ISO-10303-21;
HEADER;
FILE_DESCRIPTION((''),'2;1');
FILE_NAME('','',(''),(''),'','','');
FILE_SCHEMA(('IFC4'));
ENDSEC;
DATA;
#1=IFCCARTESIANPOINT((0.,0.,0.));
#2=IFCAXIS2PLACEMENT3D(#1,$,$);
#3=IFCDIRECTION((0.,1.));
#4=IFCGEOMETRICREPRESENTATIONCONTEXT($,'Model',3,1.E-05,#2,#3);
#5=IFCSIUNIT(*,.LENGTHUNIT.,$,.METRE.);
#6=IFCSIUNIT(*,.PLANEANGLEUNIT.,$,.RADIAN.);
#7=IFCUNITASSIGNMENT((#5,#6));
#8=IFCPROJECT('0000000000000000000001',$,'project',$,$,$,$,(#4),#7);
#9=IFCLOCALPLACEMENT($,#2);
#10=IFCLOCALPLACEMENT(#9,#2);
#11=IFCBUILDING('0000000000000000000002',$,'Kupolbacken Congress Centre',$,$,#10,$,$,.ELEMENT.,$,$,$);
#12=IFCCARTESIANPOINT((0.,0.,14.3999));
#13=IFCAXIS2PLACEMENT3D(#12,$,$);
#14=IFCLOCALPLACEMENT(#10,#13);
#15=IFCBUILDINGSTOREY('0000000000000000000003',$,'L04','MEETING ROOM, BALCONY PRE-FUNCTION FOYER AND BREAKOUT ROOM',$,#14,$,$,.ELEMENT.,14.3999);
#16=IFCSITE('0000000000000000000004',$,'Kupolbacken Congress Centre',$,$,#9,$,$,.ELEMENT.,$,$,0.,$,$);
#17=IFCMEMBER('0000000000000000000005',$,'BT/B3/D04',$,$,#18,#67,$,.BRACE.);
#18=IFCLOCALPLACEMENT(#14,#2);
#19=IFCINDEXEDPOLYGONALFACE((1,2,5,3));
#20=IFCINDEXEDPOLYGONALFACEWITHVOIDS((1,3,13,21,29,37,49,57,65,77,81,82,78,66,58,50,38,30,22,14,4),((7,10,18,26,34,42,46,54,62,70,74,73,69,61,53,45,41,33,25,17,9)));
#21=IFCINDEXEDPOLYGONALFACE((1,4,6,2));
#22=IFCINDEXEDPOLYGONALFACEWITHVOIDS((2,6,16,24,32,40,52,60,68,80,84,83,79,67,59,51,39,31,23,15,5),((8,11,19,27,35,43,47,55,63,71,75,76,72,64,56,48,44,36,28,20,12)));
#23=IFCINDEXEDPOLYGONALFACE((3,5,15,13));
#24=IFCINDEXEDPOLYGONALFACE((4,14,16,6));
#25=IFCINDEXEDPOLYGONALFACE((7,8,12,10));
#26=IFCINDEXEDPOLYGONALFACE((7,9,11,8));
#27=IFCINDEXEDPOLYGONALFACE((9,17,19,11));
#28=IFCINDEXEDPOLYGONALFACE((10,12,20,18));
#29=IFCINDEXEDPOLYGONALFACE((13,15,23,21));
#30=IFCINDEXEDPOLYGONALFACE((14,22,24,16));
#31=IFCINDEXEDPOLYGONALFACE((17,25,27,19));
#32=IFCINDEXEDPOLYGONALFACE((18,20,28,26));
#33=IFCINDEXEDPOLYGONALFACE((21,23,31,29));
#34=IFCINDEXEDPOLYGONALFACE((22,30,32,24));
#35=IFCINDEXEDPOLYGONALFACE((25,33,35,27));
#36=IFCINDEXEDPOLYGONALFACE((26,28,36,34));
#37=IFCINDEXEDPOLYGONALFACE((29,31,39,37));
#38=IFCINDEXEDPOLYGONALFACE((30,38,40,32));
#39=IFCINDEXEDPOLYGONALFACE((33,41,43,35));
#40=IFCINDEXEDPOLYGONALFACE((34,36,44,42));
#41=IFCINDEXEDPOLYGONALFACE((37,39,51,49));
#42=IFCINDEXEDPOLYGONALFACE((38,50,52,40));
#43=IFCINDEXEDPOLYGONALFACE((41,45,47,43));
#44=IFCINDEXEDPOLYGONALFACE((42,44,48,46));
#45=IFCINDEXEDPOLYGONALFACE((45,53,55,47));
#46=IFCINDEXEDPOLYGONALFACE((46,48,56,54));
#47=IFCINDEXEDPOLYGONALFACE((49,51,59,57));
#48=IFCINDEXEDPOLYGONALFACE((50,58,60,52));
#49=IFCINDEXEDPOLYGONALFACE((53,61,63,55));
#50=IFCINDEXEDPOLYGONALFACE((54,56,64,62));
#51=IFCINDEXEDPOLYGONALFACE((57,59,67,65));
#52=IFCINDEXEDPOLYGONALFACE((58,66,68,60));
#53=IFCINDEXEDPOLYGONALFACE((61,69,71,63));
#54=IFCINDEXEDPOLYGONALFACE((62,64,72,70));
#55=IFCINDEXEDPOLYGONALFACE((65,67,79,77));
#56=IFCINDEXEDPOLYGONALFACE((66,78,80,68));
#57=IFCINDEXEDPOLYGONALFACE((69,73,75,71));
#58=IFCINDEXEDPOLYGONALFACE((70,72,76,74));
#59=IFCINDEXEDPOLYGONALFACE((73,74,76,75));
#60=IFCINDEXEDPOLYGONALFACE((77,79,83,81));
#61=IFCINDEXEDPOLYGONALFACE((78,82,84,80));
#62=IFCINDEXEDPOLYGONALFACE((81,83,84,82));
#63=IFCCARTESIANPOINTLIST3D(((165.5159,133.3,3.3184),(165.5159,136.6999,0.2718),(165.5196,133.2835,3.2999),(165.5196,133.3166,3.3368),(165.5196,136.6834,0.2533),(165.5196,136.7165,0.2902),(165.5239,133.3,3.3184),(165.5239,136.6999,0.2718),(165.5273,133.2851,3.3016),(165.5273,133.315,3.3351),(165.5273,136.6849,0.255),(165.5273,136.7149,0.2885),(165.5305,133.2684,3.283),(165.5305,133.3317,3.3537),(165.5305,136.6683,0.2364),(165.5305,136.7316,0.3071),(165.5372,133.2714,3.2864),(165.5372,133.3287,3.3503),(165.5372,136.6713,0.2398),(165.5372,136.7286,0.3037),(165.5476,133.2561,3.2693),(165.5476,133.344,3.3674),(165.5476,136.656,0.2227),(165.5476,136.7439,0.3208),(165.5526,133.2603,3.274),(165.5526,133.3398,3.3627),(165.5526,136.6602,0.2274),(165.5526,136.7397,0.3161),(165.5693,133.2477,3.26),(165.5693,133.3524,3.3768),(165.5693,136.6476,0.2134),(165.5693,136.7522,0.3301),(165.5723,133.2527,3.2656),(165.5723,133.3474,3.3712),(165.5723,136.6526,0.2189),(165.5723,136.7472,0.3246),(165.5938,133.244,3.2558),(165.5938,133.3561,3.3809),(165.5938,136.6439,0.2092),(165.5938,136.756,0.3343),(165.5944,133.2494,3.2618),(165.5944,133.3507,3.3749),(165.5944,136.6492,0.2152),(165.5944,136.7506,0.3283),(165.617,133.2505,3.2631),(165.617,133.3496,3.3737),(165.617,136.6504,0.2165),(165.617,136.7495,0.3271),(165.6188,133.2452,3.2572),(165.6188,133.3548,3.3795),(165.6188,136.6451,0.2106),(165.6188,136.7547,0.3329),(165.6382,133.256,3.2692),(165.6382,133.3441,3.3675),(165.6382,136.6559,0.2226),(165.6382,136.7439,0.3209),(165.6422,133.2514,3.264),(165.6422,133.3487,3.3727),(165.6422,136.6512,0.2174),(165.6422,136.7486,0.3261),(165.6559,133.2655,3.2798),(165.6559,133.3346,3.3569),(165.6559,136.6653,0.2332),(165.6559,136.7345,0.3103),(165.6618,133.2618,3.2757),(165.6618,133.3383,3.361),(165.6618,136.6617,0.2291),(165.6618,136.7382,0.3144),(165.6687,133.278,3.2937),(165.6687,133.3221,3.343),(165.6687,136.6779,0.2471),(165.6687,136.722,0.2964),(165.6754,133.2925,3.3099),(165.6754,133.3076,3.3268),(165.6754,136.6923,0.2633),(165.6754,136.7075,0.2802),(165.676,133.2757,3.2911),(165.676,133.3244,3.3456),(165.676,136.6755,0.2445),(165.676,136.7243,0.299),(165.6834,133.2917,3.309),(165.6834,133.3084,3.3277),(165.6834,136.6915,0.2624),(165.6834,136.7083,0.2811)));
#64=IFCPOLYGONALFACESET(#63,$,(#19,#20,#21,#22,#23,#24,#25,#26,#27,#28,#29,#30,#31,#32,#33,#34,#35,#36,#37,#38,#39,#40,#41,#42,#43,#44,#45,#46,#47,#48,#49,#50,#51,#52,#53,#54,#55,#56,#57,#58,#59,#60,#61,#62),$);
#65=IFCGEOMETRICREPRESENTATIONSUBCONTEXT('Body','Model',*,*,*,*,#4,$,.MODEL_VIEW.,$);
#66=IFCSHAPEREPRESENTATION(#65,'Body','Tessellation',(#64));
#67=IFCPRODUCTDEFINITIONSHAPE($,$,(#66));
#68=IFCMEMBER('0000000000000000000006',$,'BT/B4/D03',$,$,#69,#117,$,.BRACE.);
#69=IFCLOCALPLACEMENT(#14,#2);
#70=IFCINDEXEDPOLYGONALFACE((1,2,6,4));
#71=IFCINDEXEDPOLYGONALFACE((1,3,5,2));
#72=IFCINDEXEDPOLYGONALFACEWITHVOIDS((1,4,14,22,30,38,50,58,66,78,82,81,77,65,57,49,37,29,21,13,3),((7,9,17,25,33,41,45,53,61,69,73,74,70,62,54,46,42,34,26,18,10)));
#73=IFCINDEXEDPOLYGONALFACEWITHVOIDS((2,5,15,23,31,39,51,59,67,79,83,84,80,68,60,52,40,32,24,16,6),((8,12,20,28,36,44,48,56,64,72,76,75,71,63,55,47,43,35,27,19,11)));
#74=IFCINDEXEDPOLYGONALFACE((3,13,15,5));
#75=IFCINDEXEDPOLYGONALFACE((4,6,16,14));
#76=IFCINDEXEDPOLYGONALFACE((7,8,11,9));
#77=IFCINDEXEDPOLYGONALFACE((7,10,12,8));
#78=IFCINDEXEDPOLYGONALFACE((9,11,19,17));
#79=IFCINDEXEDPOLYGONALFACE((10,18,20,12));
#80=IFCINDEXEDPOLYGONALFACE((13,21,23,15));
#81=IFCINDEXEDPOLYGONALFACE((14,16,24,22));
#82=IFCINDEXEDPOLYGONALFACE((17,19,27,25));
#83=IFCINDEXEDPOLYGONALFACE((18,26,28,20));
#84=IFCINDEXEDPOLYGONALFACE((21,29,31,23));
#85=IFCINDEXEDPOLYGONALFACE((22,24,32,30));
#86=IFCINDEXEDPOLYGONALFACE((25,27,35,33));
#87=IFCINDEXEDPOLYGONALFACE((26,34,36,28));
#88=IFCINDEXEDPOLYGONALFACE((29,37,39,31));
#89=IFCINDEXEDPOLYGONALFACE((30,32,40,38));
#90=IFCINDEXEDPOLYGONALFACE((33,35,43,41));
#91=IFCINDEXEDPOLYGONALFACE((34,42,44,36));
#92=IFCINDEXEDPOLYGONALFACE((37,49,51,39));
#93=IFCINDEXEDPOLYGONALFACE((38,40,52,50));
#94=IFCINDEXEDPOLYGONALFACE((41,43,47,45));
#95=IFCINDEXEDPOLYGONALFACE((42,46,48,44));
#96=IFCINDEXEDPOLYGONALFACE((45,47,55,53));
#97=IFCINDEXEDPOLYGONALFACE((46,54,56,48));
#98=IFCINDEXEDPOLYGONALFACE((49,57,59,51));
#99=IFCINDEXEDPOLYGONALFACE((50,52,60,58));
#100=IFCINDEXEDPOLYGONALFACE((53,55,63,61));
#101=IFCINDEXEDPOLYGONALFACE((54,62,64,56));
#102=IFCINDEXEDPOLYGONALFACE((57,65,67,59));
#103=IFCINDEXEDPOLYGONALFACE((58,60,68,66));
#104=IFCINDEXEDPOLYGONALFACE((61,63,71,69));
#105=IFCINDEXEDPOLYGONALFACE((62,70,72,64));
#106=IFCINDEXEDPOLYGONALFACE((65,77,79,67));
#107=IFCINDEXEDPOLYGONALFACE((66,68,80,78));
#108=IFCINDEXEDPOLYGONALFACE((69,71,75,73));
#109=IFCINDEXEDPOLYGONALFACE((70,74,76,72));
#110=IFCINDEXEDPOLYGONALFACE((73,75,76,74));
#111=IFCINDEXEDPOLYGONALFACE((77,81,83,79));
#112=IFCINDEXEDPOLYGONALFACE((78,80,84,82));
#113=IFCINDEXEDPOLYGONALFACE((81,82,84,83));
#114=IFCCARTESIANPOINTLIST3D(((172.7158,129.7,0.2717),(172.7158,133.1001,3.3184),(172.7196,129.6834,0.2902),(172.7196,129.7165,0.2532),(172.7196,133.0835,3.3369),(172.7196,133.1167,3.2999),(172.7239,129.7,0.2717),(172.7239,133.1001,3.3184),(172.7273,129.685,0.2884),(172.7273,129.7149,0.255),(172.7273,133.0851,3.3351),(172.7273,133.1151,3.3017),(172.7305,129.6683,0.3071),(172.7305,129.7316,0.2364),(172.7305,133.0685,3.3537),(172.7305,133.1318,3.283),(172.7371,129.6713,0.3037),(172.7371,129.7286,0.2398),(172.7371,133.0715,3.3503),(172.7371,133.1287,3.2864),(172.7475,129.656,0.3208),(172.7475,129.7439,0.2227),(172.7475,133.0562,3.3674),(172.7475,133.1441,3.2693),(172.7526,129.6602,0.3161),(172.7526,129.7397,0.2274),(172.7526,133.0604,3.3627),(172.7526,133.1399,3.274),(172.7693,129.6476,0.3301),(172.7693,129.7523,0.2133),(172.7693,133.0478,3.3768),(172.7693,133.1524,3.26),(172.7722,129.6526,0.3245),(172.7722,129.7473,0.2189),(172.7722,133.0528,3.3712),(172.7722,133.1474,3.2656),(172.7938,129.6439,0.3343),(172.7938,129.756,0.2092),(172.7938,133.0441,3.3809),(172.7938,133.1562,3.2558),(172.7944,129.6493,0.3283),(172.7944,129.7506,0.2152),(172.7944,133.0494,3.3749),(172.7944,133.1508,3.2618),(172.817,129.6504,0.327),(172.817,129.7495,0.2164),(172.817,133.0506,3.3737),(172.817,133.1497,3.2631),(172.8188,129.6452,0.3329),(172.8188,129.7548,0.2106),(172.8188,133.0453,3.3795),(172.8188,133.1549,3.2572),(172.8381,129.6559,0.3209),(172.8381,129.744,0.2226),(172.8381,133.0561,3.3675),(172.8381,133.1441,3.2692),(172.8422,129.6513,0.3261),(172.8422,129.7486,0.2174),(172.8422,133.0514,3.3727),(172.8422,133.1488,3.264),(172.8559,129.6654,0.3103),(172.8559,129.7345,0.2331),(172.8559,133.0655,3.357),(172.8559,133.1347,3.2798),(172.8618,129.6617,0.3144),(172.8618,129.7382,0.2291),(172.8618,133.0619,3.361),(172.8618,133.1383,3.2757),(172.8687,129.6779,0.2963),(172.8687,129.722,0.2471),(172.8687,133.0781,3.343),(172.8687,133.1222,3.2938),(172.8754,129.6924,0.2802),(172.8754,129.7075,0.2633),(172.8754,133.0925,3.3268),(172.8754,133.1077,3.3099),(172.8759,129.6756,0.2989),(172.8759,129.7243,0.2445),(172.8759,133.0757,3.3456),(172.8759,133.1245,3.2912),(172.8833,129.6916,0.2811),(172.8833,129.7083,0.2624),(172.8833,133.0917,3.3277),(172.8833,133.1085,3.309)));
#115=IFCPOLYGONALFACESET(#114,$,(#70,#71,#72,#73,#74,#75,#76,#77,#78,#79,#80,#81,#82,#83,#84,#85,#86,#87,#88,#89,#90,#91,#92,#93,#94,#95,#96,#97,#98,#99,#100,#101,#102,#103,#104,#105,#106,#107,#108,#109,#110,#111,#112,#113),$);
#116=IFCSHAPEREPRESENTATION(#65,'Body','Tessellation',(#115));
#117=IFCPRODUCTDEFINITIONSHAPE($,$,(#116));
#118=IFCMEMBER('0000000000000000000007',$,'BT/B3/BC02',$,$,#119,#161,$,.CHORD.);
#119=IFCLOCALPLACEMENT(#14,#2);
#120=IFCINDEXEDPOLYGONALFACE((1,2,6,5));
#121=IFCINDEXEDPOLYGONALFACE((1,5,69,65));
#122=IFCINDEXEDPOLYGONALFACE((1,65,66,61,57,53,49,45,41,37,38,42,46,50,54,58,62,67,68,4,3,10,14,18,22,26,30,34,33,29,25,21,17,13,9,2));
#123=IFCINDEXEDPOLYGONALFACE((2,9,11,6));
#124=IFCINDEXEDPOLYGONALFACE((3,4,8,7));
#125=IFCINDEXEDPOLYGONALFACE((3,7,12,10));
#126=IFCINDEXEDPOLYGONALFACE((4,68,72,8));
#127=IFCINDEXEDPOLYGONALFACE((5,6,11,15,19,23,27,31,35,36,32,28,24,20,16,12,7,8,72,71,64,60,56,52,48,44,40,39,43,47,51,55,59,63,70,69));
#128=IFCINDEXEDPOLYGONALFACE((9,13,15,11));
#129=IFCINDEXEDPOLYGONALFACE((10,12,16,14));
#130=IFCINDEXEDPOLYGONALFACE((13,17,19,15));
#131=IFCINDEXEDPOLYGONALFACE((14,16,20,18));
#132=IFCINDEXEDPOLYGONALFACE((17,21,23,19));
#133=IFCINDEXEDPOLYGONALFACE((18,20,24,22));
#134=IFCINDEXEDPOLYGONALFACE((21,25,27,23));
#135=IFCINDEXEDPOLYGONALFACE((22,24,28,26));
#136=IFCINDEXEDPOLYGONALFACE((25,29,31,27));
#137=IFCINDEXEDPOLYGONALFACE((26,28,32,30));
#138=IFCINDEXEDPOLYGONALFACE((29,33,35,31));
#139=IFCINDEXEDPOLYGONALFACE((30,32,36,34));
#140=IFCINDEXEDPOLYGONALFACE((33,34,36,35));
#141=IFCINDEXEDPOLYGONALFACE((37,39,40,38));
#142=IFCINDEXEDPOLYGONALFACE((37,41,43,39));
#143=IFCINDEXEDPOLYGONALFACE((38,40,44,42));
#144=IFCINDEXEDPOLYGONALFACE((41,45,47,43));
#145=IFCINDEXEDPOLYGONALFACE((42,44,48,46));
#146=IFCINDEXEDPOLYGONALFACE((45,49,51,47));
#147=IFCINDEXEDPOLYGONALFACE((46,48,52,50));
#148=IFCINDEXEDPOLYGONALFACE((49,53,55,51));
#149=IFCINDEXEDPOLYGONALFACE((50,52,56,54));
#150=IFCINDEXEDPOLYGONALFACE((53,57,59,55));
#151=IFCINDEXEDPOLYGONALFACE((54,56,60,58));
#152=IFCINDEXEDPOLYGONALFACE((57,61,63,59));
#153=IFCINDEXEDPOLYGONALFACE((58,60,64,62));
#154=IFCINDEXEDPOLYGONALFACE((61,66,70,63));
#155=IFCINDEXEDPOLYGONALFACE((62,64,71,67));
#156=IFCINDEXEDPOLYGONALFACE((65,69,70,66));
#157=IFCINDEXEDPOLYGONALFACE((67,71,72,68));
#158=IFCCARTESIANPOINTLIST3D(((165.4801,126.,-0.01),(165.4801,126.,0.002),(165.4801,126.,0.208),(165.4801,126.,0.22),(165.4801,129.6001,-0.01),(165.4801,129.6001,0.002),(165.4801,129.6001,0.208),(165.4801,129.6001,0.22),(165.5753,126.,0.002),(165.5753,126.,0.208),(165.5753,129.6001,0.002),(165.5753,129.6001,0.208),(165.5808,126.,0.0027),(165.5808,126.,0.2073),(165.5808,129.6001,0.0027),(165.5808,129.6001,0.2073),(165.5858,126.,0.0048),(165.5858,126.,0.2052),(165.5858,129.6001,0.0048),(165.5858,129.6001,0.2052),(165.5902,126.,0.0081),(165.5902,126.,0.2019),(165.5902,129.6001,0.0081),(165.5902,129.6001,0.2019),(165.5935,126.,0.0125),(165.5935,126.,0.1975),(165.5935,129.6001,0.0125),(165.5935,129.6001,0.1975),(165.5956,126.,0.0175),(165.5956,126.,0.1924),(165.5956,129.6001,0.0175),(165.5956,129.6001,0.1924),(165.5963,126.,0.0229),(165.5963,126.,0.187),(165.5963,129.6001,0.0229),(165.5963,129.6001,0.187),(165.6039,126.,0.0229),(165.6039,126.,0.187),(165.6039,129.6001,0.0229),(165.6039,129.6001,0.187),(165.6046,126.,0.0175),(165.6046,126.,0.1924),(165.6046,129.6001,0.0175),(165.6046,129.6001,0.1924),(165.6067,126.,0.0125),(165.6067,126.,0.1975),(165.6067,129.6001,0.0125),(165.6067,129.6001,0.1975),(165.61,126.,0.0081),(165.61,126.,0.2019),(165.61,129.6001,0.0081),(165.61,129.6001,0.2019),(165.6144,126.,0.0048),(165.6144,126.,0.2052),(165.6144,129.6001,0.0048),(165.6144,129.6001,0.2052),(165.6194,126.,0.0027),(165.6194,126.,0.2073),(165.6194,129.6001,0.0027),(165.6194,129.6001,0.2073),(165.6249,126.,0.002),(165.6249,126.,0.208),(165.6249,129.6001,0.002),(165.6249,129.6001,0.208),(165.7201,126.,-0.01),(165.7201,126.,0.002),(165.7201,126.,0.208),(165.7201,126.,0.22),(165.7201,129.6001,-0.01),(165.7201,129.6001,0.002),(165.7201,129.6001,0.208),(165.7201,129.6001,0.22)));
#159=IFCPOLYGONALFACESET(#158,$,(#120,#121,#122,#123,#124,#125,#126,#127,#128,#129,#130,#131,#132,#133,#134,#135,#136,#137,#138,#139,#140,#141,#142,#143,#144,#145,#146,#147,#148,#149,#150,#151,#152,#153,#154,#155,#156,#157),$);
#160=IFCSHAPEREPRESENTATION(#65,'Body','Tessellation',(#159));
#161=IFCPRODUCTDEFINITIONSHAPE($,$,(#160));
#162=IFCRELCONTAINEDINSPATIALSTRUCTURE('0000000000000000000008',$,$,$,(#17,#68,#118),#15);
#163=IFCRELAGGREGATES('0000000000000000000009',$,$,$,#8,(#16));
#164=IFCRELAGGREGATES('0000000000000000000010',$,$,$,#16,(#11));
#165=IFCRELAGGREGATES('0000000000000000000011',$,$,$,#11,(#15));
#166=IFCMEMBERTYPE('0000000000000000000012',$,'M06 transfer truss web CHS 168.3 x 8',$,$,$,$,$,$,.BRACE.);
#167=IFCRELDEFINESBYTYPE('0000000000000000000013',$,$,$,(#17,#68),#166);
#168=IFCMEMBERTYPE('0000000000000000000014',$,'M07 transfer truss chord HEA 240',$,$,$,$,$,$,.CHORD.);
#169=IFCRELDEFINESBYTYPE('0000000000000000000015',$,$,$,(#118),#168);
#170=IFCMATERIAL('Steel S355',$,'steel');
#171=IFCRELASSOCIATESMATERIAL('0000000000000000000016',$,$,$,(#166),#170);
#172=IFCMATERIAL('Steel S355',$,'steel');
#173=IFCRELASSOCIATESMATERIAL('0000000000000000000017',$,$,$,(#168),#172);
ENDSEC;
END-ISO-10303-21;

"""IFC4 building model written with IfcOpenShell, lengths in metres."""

from ifc_helpers import new_model, si_unit, direction, frame, origin, origin_2d, place, context, subcontext, project, spatial, hollow_circle, i_section, extrude, material, material_profile, profile_set, type_object, element, save


model = new_model("IFC4")

# Units and contexts
model_context = context("Model", 3, precision=1e-05, world=origin(), true_north=direction((0.0, 1.0)))
body_context = subcontext(model_context, "Body", "Model", "MODEL_VIEW")
ifc_project = project(units=[si_unit("LENGTHUNIT", "METRE"), si_unit("PLANEANGLEUNIT", "RADIAN")], contexts=[model_context])

# Site, building, storey
site_placement = place(None, origin())
site = spatial("IfcSite", under=ifc_project, at=site_placement, Name="Kupolbacken Congress Centre", CompositionType="ELEMENT", RefElevation=0.0)
building_placement = place(site_placement, origin())
building = spatial("IfcBuilding", under=site, at=building_placement, Name="Kupolbacken Congress Centre", CompositionType="ELEMENT")
storey_placement = place(building_placement, frame((0.0, 0.0, 14.3999)))
storey = spatial("IfcBuildingStorey", under=building, at=storey_placement, Name="L04", Description="MEETING ROOM, BALCONY PRE-FUNCTION FOYER AND BREAKOUT ROOM", CompositionType="ELEMENT", Elevation=14.3999)

# Members
ifc_material_1 = material(Name="Steel S355", Category="steel")
ifc_material_profile_1 = material_profile(ifc_material_1, hollow_circle(Radius=0.0842, WallThickness=0.0081, at=origin_2d()), Name="CHS 168.3 x 8")
ifc_profile_set_1 = profile_set([ifc_material_profile_1], Name="Steel S355")
member_type_1 = type_object("IfcMemberType", Name="M06 transfer truss web CHS 168.3 x 8", PredefinedType="BRACE", material=ifc_profile_set_1)
member_1_placement = place(storey_placement, frame((165.6001, 133.3, 3.3184), z_axis=(0.0, 0.744739, -0.667356), x_axis=(-1.0, 0.0, 0.0)))
element("IfcMember", 1, at=member_1_placement, inside=storey, type_object=member_type_1, Name="BT/B3/D04", PredefinedType="BRACE", context=body_context, shape_type="SweptSolid", body=[
    extrude(hollow_circle(Radius=0.0842, WallThickness=0.0081, at=origin_2d()), origin(), (0.0, 0.0, 1.0), 4.5652),
])
member_2_placement = place(storey_placement, frame((172.8, 129.7, 0.2717), z_axis=(0.0, 0.744763, 0.667329), x_axis=(-1.0, 0.0, 0.0)))
element("IfcMember", 2, at=member_2_placement, inside=storey, type_object=member_type_1, Name="BT/B4/D03", PredefinedType="BRACE", context=body_context, shape_type="SweptSolid", body=[
    extrude(hollow_circle(Radius=0.0842, WallThickness=0.0081, at=origin_2d()), origin(), (0.0, 0.0, 1.0), 4.5654),
])
ifc_material_2 = material(Name="Steel S355", Category="steel")
ifc_material_profile_2 = material_profile(ifc_material_2, i_section(OverallWidth=0.24, OverallDepth=0.23, WebThickness=0.0076, FlangeThickness=0.012, FilletRadius=0.021, at=origin_2d()), Name="HEA 240")
ifc_profile_set_2 = profile_set([ifc_material_profile_2], Name="Steel S355")
member_type_2 = type_object("IfcMemberType", Name="M07 transfer truss chord HEA 240", PredefinedType="CHORD", material=ifc_profile_set_2)
for number, where, z_axis, x_axis, name in (
    (3, (165.6001, 126.0, 0.105), (0.0, 1.0, 0.0), (-1.0, 0.0, 0.0), "BT/B3/BC02"),
):
    element("IfcMember", number, at=place(storey_placement, frame(where, z_axis=z_axis, x_axis=x_axis)), inside=storey, type_object=member_type_2, Name=name, PredefinedType="CHORD", context=body_context, shape_type="SweptSolid", body=[
        extrude(i_section(OverallWidth=0.24, OverallDepth=0.23, WebThickness=0.0076, FlangeThickness=0.012, FilletRadius=0.021, at=origin_2d()), origin(), (0.0, 0.0, 1.0), 3.6001),
    ])

save(model, "model.ifc")
